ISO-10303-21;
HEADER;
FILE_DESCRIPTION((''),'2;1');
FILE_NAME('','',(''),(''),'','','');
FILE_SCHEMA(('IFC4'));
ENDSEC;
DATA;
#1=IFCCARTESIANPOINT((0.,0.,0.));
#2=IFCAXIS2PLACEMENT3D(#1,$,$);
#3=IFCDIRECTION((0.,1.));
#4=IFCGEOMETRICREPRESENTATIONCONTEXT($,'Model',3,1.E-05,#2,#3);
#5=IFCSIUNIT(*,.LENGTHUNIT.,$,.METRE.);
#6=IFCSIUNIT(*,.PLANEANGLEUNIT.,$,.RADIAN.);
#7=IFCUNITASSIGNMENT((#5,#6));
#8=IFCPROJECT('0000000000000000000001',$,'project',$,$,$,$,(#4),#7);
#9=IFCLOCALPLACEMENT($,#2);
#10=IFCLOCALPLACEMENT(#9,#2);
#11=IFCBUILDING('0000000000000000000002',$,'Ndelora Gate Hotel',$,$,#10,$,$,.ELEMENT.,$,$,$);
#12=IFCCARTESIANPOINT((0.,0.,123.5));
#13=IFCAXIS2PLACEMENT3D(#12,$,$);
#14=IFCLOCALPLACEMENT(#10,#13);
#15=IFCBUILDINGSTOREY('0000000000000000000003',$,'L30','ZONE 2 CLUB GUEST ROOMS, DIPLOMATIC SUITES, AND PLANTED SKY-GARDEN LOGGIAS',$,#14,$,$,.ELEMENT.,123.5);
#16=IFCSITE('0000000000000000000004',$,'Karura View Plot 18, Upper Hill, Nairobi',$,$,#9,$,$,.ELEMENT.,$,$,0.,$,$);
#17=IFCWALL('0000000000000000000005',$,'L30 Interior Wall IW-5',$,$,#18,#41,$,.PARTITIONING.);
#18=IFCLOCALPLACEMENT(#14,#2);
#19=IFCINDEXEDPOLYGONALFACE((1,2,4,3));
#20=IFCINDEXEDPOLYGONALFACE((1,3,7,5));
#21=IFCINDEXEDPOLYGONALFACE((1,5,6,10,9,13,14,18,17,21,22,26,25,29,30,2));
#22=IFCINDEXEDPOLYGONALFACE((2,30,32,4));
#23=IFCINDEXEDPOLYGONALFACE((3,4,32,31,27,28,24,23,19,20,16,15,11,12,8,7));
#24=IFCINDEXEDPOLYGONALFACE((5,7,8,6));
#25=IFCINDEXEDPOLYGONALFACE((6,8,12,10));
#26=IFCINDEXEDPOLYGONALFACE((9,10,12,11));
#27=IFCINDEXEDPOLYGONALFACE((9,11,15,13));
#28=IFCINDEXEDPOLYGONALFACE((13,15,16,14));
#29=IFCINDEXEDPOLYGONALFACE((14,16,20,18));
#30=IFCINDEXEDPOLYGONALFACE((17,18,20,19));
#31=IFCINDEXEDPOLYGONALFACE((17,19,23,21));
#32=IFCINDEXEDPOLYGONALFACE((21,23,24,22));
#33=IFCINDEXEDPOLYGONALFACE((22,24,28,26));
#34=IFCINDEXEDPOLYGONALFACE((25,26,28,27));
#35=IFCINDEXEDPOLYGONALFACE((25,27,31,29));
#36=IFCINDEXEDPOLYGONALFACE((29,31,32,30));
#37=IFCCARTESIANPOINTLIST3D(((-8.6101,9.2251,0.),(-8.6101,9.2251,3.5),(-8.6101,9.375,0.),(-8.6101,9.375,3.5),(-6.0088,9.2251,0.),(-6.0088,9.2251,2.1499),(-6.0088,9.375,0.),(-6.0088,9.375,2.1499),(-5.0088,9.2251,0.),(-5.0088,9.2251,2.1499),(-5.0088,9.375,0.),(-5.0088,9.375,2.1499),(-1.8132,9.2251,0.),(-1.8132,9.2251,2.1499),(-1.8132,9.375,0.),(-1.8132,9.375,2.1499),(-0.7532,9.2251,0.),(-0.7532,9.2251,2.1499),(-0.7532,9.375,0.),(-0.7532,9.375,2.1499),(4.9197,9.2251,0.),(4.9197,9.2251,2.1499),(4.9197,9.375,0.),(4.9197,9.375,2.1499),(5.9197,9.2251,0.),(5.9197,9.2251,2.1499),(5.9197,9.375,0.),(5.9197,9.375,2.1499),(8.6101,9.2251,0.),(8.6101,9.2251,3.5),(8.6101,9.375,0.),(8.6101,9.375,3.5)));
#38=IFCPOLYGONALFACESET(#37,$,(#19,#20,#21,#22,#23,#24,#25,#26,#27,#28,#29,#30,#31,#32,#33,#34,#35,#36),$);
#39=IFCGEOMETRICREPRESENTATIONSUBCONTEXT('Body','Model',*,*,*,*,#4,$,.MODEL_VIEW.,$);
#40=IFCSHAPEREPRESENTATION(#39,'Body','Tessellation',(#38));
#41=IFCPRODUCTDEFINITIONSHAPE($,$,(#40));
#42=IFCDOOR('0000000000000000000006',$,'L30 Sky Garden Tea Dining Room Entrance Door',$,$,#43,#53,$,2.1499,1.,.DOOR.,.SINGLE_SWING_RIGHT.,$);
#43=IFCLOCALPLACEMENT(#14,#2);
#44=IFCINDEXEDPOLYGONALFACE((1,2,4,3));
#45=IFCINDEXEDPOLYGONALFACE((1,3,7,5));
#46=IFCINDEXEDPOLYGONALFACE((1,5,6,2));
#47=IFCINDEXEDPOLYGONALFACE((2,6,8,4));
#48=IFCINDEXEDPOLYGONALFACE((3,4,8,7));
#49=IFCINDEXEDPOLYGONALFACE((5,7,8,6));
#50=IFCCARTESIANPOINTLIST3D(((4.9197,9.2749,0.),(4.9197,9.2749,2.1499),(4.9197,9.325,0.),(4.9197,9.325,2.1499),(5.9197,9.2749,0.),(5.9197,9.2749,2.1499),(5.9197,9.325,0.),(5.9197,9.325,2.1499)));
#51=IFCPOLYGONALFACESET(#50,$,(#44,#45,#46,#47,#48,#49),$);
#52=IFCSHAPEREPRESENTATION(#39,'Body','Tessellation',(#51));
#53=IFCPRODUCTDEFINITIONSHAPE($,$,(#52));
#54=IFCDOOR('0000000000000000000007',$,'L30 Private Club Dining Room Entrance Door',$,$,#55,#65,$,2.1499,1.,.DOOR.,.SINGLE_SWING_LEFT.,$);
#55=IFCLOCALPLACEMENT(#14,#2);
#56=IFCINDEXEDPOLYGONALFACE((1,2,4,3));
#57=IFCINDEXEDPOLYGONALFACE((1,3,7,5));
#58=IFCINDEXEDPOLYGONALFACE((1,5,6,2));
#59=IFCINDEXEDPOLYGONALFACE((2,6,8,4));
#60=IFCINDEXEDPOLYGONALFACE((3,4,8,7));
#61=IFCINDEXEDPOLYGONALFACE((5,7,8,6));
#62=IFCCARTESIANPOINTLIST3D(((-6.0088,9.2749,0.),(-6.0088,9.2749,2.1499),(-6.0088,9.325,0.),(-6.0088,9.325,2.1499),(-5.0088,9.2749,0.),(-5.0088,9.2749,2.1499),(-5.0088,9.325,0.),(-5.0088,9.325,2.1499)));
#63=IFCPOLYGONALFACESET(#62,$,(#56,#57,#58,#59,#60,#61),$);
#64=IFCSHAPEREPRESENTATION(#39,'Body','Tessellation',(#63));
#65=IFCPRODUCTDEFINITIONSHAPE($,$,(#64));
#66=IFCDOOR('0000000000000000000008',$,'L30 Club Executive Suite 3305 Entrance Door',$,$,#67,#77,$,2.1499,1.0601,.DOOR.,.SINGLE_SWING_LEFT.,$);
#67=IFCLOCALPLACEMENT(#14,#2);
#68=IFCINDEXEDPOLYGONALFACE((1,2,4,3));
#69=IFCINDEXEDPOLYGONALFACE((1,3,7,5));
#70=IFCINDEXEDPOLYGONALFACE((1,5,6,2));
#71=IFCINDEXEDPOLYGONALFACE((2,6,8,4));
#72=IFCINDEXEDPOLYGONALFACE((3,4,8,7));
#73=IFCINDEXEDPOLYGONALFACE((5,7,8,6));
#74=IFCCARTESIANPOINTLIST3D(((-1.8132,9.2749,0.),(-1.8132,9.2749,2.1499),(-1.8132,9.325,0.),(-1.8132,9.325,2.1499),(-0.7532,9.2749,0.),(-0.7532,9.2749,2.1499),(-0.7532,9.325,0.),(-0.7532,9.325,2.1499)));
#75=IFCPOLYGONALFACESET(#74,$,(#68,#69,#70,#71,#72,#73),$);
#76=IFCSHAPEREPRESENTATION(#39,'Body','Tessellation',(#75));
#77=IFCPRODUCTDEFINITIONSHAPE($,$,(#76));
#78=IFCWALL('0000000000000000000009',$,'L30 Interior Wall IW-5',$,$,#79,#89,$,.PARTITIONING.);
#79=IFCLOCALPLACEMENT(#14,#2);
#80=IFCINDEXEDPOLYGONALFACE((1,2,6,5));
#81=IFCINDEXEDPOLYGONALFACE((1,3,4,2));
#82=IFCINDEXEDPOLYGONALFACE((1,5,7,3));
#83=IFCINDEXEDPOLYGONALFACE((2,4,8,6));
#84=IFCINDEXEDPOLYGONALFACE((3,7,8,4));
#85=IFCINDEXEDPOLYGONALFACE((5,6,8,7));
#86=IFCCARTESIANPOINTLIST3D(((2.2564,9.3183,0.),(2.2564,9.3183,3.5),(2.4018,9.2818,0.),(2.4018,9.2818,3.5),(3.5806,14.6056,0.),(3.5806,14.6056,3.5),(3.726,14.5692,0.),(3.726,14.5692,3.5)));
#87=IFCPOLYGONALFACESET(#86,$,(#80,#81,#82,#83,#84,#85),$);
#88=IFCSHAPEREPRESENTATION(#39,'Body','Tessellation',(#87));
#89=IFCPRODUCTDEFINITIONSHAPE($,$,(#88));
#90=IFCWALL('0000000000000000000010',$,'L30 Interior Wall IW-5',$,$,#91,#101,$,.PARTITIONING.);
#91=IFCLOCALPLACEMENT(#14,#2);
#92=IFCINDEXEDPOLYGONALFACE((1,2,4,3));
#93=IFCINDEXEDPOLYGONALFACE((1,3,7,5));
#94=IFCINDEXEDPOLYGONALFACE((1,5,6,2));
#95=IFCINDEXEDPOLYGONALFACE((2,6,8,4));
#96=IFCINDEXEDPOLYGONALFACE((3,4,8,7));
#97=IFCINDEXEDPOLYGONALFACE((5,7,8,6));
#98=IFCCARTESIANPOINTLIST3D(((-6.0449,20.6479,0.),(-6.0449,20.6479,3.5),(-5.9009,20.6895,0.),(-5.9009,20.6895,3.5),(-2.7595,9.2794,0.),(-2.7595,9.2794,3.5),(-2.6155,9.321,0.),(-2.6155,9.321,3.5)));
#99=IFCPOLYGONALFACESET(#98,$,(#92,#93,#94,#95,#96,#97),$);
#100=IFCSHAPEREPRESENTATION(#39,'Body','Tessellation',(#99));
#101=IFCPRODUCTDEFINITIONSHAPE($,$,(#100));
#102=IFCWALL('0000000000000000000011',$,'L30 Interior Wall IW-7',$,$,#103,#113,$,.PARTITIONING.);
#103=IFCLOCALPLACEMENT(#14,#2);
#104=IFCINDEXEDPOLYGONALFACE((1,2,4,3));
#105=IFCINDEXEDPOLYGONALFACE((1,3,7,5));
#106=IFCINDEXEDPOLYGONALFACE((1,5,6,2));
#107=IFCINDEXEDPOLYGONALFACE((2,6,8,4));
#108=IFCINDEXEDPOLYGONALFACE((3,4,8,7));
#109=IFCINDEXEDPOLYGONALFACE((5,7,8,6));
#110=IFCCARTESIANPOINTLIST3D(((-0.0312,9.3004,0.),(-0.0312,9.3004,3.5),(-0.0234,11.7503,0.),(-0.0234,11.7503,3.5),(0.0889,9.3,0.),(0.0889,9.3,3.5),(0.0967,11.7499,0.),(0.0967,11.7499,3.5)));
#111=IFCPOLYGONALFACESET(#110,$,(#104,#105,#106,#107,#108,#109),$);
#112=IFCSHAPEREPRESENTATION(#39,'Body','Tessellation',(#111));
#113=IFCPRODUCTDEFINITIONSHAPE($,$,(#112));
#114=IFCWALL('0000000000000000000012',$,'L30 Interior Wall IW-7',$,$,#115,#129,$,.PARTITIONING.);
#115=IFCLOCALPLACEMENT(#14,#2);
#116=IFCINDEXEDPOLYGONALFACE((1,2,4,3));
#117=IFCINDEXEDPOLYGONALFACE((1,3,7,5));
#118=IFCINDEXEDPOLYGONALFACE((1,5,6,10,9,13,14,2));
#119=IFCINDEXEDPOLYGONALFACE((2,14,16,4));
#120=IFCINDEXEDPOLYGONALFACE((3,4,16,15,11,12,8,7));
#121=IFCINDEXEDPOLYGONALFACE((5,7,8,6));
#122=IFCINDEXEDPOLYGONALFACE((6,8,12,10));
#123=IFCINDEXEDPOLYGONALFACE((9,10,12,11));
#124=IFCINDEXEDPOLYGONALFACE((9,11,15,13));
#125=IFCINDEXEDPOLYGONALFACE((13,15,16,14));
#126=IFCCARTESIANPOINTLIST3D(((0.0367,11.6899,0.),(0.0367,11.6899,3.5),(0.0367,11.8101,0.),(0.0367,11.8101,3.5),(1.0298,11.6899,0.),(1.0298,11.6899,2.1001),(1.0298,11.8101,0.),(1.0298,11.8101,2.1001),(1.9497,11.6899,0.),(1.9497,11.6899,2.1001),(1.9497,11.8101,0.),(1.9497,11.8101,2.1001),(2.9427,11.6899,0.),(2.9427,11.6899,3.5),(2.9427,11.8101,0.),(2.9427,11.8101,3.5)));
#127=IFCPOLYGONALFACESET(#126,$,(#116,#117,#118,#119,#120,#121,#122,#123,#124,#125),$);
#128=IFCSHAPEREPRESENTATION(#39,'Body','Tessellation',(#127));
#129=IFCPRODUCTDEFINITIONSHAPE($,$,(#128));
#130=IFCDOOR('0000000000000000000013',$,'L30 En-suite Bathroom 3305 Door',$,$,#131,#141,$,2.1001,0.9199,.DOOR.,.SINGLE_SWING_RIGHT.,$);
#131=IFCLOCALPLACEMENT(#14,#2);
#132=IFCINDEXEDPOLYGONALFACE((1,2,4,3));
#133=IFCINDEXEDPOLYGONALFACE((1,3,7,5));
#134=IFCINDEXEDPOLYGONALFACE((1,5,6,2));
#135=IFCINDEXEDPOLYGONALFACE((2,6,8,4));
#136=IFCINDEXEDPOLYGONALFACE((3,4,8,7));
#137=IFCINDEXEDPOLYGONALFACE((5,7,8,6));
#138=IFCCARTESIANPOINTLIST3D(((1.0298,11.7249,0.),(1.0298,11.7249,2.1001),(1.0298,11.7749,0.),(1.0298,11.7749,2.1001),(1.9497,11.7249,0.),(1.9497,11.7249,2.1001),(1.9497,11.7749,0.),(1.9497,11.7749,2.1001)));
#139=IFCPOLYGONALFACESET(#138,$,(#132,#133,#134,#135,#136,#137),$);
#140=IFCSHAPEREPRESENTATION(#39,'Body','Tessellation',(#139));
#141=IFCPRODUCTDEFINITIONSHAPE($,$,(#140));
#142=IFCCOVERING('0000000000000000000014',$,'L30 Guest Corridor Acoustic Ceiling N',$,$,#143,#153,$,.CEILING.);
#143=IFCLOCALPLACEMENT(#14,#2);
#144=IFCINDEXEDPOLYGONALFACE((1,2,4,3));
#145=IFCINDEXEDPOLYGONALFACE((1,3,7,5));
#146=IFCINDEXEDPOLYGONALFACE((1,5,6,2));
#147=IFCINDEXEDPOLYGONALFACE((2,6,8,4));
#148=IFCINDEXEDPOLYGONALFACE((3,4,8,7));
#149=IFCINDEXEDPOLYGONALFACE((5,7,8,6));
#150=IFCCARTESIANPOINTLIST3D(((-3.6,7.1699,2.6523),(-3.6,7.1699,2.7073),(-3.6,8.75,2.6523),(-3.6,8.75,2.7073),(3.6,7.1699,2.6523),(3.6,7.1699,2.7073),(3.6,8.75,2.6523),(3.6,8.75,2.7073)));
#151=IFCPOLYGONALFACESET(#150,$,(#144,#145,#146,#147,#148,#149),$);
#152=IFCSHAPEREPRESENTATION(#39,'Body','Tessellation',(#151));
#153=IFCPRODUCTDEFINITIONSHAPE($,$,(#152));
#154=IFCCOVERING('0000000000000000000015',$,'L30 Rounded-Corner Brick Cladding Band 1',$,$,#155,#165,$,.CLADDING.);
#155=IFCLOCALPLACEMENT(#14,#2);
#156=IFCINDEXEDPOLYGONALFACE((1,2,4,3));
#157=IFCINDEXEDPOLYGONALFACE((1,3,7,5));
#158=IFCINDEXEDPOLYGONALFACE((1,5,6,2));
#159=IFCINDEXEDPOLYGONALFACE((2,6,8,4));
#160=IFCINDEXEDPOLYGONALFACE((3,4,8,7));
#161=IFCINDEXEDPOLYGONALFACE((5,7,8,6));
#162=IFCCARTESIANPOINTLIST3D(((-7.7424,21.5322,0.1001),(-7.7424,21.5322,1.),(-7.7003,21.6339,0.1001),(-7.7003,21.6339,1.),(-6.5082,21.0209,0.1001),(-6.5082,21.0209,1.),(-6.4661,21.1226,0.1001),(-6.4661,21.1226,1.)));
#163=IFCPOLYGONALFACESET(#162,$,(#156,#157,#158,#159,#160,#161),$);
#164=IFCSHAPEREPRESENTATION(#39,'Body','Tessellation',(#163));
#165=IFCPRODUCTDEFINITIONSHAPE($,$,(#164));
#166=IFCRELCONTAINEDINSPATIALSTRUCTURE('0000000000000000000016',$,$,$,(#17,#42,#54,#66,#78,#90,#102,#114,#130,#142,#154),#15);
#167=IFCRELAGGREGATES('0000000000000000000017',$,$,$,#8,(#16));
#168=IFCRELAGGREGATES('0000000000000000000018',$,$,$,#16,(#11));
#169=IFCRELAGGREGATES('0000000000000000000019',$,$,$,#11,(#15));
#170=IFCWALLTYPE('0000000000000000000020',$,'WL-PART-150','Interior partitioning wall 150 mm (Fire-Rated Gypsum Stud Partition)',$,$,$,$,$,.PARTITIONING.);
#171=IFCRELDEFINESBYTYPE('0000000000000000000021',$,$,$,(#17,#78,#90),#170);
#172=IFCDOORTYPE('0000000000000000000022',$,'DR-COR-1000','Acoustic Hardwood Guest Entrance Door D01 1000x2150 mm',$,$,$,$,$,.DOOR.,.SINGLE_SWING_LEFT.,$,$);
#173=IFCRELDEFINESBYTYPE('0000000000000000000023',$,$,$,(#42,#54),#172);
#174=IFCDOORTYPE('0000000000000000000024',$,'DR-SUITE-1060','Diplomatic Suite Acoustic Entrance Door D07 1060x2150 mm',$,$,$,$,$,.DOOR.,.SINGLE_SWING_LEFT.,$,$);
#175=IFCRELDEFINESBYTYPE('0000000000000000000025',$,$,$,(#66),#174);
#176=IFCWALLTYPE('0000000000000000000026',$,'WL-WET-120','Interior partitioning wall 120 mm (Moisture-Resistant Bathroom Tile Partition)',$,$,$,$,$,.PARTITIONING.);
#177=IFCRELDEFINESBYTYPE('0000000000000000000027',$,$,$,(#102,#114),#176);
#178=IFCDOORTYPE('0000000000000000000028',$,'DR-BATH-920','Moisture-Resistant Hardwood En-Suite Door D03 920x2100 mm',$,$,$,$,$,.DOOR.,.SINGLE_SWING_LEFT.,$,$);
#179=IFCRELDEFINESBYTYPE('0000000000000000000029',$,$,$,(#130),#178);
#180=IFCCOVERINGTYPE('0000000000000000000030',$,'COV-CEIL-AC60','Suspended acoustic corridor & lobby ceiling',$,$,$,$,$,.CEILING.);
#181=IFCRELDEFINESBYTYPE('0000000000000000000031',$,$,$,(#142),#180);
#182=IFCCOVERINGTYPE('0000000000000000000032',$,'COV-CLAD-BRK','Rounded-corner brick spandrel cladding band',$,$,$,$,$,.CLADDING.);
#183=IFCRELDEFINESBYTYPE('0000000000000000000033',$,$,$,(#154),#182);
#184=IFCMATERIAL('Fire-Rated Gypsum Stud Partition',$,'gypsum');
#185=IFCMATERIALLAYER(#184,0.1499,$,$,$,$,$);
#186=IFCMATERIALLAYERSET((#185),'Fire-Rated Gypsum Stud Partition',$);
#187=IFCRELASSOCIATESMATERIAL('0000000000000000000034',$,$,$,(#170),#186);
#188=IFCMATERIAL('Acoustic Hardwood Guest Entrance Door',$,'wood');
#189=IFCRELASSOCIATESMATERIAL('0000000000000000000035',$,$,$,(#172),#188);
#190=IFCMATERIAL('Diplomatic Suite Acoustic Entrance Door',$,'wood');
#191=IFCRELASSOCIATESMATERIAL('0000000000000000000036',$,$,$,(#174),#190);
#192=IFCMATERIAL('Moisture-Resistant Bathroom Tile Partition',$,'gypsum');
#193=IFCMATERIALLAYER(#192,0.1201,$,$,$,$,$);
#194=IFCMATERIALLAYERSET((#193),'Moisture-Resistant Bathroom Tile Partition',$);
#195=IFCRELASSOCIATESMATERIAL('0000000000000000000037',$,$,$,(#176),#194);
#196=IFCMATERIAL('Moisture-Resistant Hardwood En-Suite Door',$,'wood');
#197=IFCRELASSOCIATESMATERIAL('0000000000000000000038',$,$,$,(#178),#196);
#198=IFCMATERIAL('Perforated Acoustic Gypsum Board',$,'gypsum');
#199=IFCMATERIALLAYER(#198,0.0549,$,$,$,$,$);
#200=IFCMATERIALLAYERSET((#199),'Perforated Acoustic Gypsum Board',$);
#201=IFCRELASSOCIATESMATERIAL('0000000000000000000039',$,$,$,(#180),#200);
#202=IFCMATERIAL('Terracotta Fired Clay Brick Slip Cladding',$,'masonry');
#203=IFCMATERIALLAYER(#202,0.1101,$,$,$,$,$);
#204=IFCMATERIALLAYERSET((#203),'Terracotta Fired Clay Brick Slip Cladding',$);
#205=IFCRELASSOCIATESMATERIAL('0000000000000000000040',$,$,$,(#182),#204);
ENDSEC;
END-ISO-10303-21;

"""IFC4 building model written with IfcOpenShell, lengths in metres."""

from ifc_helpers import new_model, si_unit, direction, frame, frame_2d, origin, origin_2d, place, context, subcontext, project, spatial, rectangle, extrude, material, layer, layer_set, type_object, element, fill, save


model = new_model("IFC4")

# Units and contexts
model_context = context("Model", 3, precision=1e-05, world=origin(), true_north=direction((0.0, 1.0)))
body_context = subcontext(model_context, "Body", "Model", "MODEL_VIEW")
ifc_project = project(units=[si_unit("LENGTHUNIT", "METRE"), si_unit("PLANEANGLEUNIT", "RADIAN")], contexts=[model_context])

# Site, building, storey
site_placement = place(None, origin())
site = spatial("IfcSite", under=ifc_project, at=site_placement, Name="Karura View Plot 18, Upper Hill, Nairobi", CompositionType="ELEMENT", RefElevation=0.0)
building_placement = place(site_placement, origin())
building = spatial("IfcBuilding", under=site, at=building_placement, Name="Ndelora Gate Hotel", CompositionType="ELEMENT")
storey_placement = place(building_placement, frame((0.0, 0.0, 123.5)))
storey = spatial("IfcBuildingStorey", under=building, at=storey_placement, Name="L30", Description="ZONE 2 CLUB GUEST ROOMS, DIPLOMATIC SUITES, AND PLANTED SKY-GARDEN LOGGIAS", CompositionType="ELEMENT", Elevation=123.5)

# Wall, openings, doors
ifc_material_1 = material(Name="Fire-Rated Gypsum Stud Partition", Category="gypsum")
ifc_layer_1 = layer(ifc_material_1, 0.1499)
ifc_layer_set_1 = layer_set([ifc_layer_1], Name="Fire-Rated Gypsum Stud Partition")
wall_type_1 = type_object("IfcWallType", Name="WL-PART-150", Description="Interior partitioning wall 150 mm (Fire-Rated Gypsum Stud Partition)", PredefinedType="PARTITIONING", material=ifc_layer_set_1)
wall_1_placement = place(storey_placement, frame((-8.6101, 9.3, 0.0), z_axis=(0.0, 0.0, 1.0), x_axis=(1.0, 0.0, 0.0)))
wall_1 = element("IfcWall", 1, at=wall_1_placement, inside=storey, type_object=wall_type_1, Name="L30 Interior Wall IW-5", PredefinedType="PARTITIONING", context=body_context, shape_type="SweptSolid", body=[
    extrude(rectangle(XDim=17.2202, YDim=0.1499, at=frame_2d((8.6101, 0.0))), origin(), (0.0, 0.0, 1.0), 3.5),
])
opening_1_placement = place(wall_1_placement, frame((13.5298, 0.0, 0.0)))
opening_1 = element("IfcOpeningElement", 2, at=opening_1_placement, cuts=wall_1, PredefinedType="OPENING", context=body_context, shape_type="SweptSolid", body=[
    extrude(rectangle(XDim=1.0, YDim=2.1499, at=frame_2d((0.5, 1.075))), frame((0.0, 0.085, 0.0), z_axis=(0.0, -1.0, 0.0), x_axis=(1.0, 0.0, 0.0)), (0.0, 0.0, 1.0), 0.1699),
])
opening_2_placement = place(wall_1_placement, frame((6.7969, 0.0, 0.0)))
opening_2 = element("IfcOpeningElement", 3, at=opening_2_placement, cuts=wall_1, PredefinedType="OPENING", context=body_context, shape_type="SweptSolid", body=[
    extrude(rectangle(XDim=1.0601, YDim=2.1499, at=frame_2d((0.53, 1.075))), frame((0.0, 0.085, 0.0), z_axis=(0.0, -1.0, 0.0), x_axis=(1.0, 0.0, 0.0)), (0.0, 0.0, 1.0), 0.1699),
])
opening_3_placement = place(wall_1_placement, frame((2.6013, 0.0, 0.0)))
opening_3 = element("IfcOpeningElement", 4, at=opening_3_placement, cuts=wall_1, PredefinedType="OPENING", context=body_context, shape_type="SweptSolid", body=[
    extrude(rectangle(XDim=1.0, YDim=2.1499, at=frame_2d((0.5, 1.075))), frame((0.0, 0.085, 0.0), z_axis=(0.0, -1.0, 0.0), x_axis=(1.0, 0.0, 0.0)), (0.0, 0.0, 1.0), 0.1699),
])
ifc_material_2 = material(Name="Acoustic Hardwood Guest Entrance Door", Category="wood")
door_type_1 = type_object("IfcDoorType", Name="DR-COR-1000", Description="Acoustic Hardwood Guest Entrance Door D01 1000x2150 mm", OperationType="SINGLE_SWING_LEFT", PredefinedType="DOOR", material=ifc_material_2)
door_1_placement = place(opening_1_placement, origin())
door_1 = element("IfcDoor", 5, at=door_1_placement, inside=storey, type_object=door_type_1, Name="L30 Sky Garden Tea Dining Room Entrance Door", OperationType="SINGLE_SWING_RIGHT", OverallHeight=2.1499, OverallWidth=1.0, PredefinedType="DOOR", context=body_context, shape_type="SweptSolid", body=[
    extrude(rectangle(XDim=1.0, YDim=2.1499, at=frame_2d((0.5, 1.075))), frame((0.0, 0.0249, 0.0), z_axis=(0.0, -1.0, 0.0), x_axis=(1.0, 0.0, 0.0)), (0.0, 0.0, 1.0), 0.05),
])
fill(opening_1, door_1)
door_2_placement = place(opening_3_placement, origin())
door_2 = element("IfcDoor", 6, at=door_2_placement, inside=storey, type_object=door_type_1, Name="L30 Private Club Dining Room Entrance Door", OperationType="SINGLE_SWING_LEFT", OverallHeight=2.1499, OverallWidth=1.0, PredefinedType="DOOR", context=body_context, shape_type="SweptSolid", body=[
    extrude(rectangle(XDim=1.0, YDim=2.1499, at=frame_2d((0.5, 1.075))), frame((0.0, 0.0249, 0.0), z_axis=(0.0, -1.0, 0.0), x_axis=(1.0, 0.0, 0.0)), (0.0, 0.0, 1.0), 0.05),
])
fill(opening_3, door_2)
ifc_material_3 = material(Name="Diplomatic Suite Acoustic Entrance Door", Category="wood")
door_type_2 = type_object("IfcDoorType", Name="DR-SUITE-1060", Description="Diplomatic Suite Acoustic Entrance Door D07 1060x2150 mm", OperationType="SINGLE_SWING_LEFT", PredefinedType="DOOR", material=ifc_material_3)
door_3_placement = place(opening_2_placement, origin())
door_3 = element("IfcDoor", 7, at=door_3_placement, inside=storey, type_object=door_type_2, Name="L30 Club Executive Suite 3305 Entrance Door", OperationType="SINGLE_SWING_LEFT", OverallHeight=2.1499, OverallWidth=1.0601, PredefinedType="DOOR", context=body_context, shape_type="SweptSolid", body=[
    extrude(rectangle(XDim=1.0601, YDim=2.1499, at=frame_2d((0.53, 1.075))), frame((0.0, 0.0249, 0.0), z_axis=(0.0, -1.0, 0.0), x_axis=(1.0, 0.0, 0.0)), (0.0, 0.0, 1.0), 0.05),
])
fill(opening_2, door_3)

# Walls
wall_2_placement = place(storey_placement, frame((2.3291, 9.3, 0.0), z_axis=(0.0, 0.0, 1.0), x_axis=(0.242947, 0.97004, 0.0)))
element("IfcWall", 8, at=wall_2_placement, inside=storey, type_object=wall_type_1, Name="L30 Interior Wall IW-5", PredefinedType="PARTITIONING", context=body_context, shape_type="SweptSolid", body=[
    extrude(rectangle(XDim=5.4507, YDim=0.1499, at=frame_2d((2.7253, 0.0))), origin(), (0.0, 0.0, 1.0), 3.5),
])
wall_3_placement = place(storey_placement, frame((-2.6875, 9.3, 0.0), z_axis=(0.0, 0.0, 1.0), x_axis=(-0.277627, 0.960689, 0.0)))
element("IfcWall", 9, at=wall_3_placement, inside=storey, type_object=wall_type_1, Name="L30 Interior Wall IW-5", PredefinedType="PARTITIONING", context=body_context, shape_type="SweptSolid", body=[
    extrude(rectangle(XDim=11.8337, YDim=0.1499, at=frame_2d((5.917, 0.0))), origin(), (0.0, 0.0, 1.0), 3.5),
])
ifc_material_4 = material(Name="Moisture-Resistant Bathroom Tile Partition", Category="gypsum")
ifc_layer_2 = layer(ifc_material_4, 0.1201)
ifc_layer_set_2 = layer_set([ifc_layer_2], Name="Moisture-Resistant Bathroom Tile Partition")
wall_type_2 = type_object("IfcWallType", Name="WL-WET-120", Description="Interior partitioning wall 120 mm (Moisture-Resistant Bathroom Tile Partition)", PredefinedType="PARTITIONING", material=ifc_layer_set_2)
wall_4_placement = place(storey_placement, frame((0.0288, 9.3, 0.0), z_axis=(0.0, 0.0, 1.0), x_axis=(0.003189, 0.999995, 0.0)))
element("IfcWall", 10, at=wall_4_placement, inside=storey, type_object=wall_type_2, Name="L30 Interior Wall IW-7", PredefinedType="PARTITIONING", context=body_context, shape_type="SweptSolid", body=[
    extrude(rectangle(XDim=2.45, YDim=0.1201, at=frame_2d((1.2251, 0.0))), origin(), (0.0, 0.0, 1.0), 3.5),
])

# Wall, opening, door
wall_5_placement = place(storey_placement, frame((0.0366, 11.75, 0.0), z_axis=(0.0, 0.0, 1.0), x_axis=(1.0, 0.0, 0.0)))
wall_5 = element("IfcWall", 11, at=wall_5_placement, inside=storey, type_object=wall_type_2, Name="L30 Interior Wall IW-7", PredefinedType="PARTITIONING", context=body_context, shape_type="SweptSolid", body=[
    extrude(rectangle(XDim=2.906, YDim=0.1201, at=frame_2d((1.4531, 0.0))), origin(), (0.0, 0.0, 1.0), 3.5),
])
opening_4_placement = place(wall_5_placement, frame((0.9932, 0.0, 0.0)))
opening_4 = element("IfcOpeningElement", 12, at=opening_4_placement, cuts=wall_5, PredefinedType="OPENING", context=body_context, shape_type="SweptSolid", body=[
    extrude(rectangle(XDim=0.9199, YDim=2.1001, at=frame_2d((0.46, 1.05))), frame((0.0, 0.0701, 0.0), z_axis=(0.0, -1.0, 0.0), x_axis=(1.0, 0.0, 0.0)), (0.0, 0.0, 1.0), 0.1401),
])
ifc_material_5 = material(Name="Moisture-Resistant Hardwood En-Suite Door", Category="wood")
door_type_3 = type_object("IfcDoorType", Name="DR-BATH-920", Description="Moisture-Resistant Hardwood En-Suite Door D03 920x2100 mm", OperationType="SINGLE_SWING_LEFT", PredefinedType="DOOR", material=ifc_material_5)
door_4_placement = place(opening_4_placement, origin())
door_4 = element("IfcDoor", 13, at=door_4_placement, inside=storey, type_object=door_type_3, Name="L30 En-suite Bathroom 3305 Door", OperationType="SINGLE_SWING_RIGHT", OverallHeight=2.1001, OverallWidth=0.9199, PredefinedType="DOOR", context=body_context, shape_type="SweptSolid", body=[
    extrude(rectangle(XDim=0.9199, YDim=2.1001, at=frame_2d((0.46, 1.05))), frame((0.0, 0.0249, 0.0), z_axis=(0.0, -1.0, 0.0), x_axis=(1.0, 0.0, 0.0)), (0.0, 0.0, 1.0), 0.05),
])
fill(opening_4, door_4)

# Coverings
ifc_material_6 = material(Name="Perforated Acoustic Gypsum Board", Category="gypsum")
ifc_layer_3 = layer(ifc_material_6, 0.0549)
ifc_layer_set_3 = layer_set([ifc_layer_3], Name="Perforated Acoustic Gypsum Board")
covering_type_1 = type_object("IfcCoveringType", Name="COV-CEIL-AC60", Description="Suspended acoustic corridor & lobby ceiling", PredefinedType="CEILING", material=ifc_layer_set_3)
covering_1_placement = place(storey_placement, frame((0.0, 7.96, 2.6523), z_axis=(0.0, 0.0, 1.0), x_axis=(1.0, 0.0, 0.0)))
element("IfcCovering", 14, at=covering_1_placement, inside=storey, type_object=covering_type_1, Name="L30 Guest Corridor Acoustic Ceiling N", PredefinedType="CEILING", context=body_context, shape_type="SweptSolid", body=[
    extrude(rectangle(XDim=7.2, YDim=1.5801, at=origin_2d()), origin(), (0.0, 0.0, 1.0), 0.0549),
])
ifc_material_7 = material(Name="Terracotta Fired Clay Brick Slip Cladding", Category="masonry")
ifc_layer_4 = layer(ifc_material_7, 0.1101)
ifc_layer_set_4 = layer_set([ifc_layer_4], Name="Terracotta Fired Clay Brick Slip Cladding")
covering_type_2 = type_object("IfcCoveringType", Name="COV-CLAD-BRK", Description="Rounded-corner brick spandrel cladding band", PredefinedType="CLADDING", material=ifc_layer_set_4)
covering_2_placement = place(storey_placement, frame((-7.1042, 21.3274, 0.1001), z_axis=(0.0, 0.0, 1.0), x_axis=(-0.92388, 0.382683, 0.0)))
element("IfcCovering", 15, at=covering_2_placement, inside=storey, type_object=covering_type_2, Name="L30 Rounded-Corner Brick Cladding Band 1", PredefinedType="CLADDING", context=body_context, shape_type="SweptSolid", body=[
    extrude(rectangle(XDim=1.3359, YDim=0.1101, at=origin_2d()), origin(), (0.0, 0.0, 1.0), 0.8999),
])

save(model, "model.ifc")
